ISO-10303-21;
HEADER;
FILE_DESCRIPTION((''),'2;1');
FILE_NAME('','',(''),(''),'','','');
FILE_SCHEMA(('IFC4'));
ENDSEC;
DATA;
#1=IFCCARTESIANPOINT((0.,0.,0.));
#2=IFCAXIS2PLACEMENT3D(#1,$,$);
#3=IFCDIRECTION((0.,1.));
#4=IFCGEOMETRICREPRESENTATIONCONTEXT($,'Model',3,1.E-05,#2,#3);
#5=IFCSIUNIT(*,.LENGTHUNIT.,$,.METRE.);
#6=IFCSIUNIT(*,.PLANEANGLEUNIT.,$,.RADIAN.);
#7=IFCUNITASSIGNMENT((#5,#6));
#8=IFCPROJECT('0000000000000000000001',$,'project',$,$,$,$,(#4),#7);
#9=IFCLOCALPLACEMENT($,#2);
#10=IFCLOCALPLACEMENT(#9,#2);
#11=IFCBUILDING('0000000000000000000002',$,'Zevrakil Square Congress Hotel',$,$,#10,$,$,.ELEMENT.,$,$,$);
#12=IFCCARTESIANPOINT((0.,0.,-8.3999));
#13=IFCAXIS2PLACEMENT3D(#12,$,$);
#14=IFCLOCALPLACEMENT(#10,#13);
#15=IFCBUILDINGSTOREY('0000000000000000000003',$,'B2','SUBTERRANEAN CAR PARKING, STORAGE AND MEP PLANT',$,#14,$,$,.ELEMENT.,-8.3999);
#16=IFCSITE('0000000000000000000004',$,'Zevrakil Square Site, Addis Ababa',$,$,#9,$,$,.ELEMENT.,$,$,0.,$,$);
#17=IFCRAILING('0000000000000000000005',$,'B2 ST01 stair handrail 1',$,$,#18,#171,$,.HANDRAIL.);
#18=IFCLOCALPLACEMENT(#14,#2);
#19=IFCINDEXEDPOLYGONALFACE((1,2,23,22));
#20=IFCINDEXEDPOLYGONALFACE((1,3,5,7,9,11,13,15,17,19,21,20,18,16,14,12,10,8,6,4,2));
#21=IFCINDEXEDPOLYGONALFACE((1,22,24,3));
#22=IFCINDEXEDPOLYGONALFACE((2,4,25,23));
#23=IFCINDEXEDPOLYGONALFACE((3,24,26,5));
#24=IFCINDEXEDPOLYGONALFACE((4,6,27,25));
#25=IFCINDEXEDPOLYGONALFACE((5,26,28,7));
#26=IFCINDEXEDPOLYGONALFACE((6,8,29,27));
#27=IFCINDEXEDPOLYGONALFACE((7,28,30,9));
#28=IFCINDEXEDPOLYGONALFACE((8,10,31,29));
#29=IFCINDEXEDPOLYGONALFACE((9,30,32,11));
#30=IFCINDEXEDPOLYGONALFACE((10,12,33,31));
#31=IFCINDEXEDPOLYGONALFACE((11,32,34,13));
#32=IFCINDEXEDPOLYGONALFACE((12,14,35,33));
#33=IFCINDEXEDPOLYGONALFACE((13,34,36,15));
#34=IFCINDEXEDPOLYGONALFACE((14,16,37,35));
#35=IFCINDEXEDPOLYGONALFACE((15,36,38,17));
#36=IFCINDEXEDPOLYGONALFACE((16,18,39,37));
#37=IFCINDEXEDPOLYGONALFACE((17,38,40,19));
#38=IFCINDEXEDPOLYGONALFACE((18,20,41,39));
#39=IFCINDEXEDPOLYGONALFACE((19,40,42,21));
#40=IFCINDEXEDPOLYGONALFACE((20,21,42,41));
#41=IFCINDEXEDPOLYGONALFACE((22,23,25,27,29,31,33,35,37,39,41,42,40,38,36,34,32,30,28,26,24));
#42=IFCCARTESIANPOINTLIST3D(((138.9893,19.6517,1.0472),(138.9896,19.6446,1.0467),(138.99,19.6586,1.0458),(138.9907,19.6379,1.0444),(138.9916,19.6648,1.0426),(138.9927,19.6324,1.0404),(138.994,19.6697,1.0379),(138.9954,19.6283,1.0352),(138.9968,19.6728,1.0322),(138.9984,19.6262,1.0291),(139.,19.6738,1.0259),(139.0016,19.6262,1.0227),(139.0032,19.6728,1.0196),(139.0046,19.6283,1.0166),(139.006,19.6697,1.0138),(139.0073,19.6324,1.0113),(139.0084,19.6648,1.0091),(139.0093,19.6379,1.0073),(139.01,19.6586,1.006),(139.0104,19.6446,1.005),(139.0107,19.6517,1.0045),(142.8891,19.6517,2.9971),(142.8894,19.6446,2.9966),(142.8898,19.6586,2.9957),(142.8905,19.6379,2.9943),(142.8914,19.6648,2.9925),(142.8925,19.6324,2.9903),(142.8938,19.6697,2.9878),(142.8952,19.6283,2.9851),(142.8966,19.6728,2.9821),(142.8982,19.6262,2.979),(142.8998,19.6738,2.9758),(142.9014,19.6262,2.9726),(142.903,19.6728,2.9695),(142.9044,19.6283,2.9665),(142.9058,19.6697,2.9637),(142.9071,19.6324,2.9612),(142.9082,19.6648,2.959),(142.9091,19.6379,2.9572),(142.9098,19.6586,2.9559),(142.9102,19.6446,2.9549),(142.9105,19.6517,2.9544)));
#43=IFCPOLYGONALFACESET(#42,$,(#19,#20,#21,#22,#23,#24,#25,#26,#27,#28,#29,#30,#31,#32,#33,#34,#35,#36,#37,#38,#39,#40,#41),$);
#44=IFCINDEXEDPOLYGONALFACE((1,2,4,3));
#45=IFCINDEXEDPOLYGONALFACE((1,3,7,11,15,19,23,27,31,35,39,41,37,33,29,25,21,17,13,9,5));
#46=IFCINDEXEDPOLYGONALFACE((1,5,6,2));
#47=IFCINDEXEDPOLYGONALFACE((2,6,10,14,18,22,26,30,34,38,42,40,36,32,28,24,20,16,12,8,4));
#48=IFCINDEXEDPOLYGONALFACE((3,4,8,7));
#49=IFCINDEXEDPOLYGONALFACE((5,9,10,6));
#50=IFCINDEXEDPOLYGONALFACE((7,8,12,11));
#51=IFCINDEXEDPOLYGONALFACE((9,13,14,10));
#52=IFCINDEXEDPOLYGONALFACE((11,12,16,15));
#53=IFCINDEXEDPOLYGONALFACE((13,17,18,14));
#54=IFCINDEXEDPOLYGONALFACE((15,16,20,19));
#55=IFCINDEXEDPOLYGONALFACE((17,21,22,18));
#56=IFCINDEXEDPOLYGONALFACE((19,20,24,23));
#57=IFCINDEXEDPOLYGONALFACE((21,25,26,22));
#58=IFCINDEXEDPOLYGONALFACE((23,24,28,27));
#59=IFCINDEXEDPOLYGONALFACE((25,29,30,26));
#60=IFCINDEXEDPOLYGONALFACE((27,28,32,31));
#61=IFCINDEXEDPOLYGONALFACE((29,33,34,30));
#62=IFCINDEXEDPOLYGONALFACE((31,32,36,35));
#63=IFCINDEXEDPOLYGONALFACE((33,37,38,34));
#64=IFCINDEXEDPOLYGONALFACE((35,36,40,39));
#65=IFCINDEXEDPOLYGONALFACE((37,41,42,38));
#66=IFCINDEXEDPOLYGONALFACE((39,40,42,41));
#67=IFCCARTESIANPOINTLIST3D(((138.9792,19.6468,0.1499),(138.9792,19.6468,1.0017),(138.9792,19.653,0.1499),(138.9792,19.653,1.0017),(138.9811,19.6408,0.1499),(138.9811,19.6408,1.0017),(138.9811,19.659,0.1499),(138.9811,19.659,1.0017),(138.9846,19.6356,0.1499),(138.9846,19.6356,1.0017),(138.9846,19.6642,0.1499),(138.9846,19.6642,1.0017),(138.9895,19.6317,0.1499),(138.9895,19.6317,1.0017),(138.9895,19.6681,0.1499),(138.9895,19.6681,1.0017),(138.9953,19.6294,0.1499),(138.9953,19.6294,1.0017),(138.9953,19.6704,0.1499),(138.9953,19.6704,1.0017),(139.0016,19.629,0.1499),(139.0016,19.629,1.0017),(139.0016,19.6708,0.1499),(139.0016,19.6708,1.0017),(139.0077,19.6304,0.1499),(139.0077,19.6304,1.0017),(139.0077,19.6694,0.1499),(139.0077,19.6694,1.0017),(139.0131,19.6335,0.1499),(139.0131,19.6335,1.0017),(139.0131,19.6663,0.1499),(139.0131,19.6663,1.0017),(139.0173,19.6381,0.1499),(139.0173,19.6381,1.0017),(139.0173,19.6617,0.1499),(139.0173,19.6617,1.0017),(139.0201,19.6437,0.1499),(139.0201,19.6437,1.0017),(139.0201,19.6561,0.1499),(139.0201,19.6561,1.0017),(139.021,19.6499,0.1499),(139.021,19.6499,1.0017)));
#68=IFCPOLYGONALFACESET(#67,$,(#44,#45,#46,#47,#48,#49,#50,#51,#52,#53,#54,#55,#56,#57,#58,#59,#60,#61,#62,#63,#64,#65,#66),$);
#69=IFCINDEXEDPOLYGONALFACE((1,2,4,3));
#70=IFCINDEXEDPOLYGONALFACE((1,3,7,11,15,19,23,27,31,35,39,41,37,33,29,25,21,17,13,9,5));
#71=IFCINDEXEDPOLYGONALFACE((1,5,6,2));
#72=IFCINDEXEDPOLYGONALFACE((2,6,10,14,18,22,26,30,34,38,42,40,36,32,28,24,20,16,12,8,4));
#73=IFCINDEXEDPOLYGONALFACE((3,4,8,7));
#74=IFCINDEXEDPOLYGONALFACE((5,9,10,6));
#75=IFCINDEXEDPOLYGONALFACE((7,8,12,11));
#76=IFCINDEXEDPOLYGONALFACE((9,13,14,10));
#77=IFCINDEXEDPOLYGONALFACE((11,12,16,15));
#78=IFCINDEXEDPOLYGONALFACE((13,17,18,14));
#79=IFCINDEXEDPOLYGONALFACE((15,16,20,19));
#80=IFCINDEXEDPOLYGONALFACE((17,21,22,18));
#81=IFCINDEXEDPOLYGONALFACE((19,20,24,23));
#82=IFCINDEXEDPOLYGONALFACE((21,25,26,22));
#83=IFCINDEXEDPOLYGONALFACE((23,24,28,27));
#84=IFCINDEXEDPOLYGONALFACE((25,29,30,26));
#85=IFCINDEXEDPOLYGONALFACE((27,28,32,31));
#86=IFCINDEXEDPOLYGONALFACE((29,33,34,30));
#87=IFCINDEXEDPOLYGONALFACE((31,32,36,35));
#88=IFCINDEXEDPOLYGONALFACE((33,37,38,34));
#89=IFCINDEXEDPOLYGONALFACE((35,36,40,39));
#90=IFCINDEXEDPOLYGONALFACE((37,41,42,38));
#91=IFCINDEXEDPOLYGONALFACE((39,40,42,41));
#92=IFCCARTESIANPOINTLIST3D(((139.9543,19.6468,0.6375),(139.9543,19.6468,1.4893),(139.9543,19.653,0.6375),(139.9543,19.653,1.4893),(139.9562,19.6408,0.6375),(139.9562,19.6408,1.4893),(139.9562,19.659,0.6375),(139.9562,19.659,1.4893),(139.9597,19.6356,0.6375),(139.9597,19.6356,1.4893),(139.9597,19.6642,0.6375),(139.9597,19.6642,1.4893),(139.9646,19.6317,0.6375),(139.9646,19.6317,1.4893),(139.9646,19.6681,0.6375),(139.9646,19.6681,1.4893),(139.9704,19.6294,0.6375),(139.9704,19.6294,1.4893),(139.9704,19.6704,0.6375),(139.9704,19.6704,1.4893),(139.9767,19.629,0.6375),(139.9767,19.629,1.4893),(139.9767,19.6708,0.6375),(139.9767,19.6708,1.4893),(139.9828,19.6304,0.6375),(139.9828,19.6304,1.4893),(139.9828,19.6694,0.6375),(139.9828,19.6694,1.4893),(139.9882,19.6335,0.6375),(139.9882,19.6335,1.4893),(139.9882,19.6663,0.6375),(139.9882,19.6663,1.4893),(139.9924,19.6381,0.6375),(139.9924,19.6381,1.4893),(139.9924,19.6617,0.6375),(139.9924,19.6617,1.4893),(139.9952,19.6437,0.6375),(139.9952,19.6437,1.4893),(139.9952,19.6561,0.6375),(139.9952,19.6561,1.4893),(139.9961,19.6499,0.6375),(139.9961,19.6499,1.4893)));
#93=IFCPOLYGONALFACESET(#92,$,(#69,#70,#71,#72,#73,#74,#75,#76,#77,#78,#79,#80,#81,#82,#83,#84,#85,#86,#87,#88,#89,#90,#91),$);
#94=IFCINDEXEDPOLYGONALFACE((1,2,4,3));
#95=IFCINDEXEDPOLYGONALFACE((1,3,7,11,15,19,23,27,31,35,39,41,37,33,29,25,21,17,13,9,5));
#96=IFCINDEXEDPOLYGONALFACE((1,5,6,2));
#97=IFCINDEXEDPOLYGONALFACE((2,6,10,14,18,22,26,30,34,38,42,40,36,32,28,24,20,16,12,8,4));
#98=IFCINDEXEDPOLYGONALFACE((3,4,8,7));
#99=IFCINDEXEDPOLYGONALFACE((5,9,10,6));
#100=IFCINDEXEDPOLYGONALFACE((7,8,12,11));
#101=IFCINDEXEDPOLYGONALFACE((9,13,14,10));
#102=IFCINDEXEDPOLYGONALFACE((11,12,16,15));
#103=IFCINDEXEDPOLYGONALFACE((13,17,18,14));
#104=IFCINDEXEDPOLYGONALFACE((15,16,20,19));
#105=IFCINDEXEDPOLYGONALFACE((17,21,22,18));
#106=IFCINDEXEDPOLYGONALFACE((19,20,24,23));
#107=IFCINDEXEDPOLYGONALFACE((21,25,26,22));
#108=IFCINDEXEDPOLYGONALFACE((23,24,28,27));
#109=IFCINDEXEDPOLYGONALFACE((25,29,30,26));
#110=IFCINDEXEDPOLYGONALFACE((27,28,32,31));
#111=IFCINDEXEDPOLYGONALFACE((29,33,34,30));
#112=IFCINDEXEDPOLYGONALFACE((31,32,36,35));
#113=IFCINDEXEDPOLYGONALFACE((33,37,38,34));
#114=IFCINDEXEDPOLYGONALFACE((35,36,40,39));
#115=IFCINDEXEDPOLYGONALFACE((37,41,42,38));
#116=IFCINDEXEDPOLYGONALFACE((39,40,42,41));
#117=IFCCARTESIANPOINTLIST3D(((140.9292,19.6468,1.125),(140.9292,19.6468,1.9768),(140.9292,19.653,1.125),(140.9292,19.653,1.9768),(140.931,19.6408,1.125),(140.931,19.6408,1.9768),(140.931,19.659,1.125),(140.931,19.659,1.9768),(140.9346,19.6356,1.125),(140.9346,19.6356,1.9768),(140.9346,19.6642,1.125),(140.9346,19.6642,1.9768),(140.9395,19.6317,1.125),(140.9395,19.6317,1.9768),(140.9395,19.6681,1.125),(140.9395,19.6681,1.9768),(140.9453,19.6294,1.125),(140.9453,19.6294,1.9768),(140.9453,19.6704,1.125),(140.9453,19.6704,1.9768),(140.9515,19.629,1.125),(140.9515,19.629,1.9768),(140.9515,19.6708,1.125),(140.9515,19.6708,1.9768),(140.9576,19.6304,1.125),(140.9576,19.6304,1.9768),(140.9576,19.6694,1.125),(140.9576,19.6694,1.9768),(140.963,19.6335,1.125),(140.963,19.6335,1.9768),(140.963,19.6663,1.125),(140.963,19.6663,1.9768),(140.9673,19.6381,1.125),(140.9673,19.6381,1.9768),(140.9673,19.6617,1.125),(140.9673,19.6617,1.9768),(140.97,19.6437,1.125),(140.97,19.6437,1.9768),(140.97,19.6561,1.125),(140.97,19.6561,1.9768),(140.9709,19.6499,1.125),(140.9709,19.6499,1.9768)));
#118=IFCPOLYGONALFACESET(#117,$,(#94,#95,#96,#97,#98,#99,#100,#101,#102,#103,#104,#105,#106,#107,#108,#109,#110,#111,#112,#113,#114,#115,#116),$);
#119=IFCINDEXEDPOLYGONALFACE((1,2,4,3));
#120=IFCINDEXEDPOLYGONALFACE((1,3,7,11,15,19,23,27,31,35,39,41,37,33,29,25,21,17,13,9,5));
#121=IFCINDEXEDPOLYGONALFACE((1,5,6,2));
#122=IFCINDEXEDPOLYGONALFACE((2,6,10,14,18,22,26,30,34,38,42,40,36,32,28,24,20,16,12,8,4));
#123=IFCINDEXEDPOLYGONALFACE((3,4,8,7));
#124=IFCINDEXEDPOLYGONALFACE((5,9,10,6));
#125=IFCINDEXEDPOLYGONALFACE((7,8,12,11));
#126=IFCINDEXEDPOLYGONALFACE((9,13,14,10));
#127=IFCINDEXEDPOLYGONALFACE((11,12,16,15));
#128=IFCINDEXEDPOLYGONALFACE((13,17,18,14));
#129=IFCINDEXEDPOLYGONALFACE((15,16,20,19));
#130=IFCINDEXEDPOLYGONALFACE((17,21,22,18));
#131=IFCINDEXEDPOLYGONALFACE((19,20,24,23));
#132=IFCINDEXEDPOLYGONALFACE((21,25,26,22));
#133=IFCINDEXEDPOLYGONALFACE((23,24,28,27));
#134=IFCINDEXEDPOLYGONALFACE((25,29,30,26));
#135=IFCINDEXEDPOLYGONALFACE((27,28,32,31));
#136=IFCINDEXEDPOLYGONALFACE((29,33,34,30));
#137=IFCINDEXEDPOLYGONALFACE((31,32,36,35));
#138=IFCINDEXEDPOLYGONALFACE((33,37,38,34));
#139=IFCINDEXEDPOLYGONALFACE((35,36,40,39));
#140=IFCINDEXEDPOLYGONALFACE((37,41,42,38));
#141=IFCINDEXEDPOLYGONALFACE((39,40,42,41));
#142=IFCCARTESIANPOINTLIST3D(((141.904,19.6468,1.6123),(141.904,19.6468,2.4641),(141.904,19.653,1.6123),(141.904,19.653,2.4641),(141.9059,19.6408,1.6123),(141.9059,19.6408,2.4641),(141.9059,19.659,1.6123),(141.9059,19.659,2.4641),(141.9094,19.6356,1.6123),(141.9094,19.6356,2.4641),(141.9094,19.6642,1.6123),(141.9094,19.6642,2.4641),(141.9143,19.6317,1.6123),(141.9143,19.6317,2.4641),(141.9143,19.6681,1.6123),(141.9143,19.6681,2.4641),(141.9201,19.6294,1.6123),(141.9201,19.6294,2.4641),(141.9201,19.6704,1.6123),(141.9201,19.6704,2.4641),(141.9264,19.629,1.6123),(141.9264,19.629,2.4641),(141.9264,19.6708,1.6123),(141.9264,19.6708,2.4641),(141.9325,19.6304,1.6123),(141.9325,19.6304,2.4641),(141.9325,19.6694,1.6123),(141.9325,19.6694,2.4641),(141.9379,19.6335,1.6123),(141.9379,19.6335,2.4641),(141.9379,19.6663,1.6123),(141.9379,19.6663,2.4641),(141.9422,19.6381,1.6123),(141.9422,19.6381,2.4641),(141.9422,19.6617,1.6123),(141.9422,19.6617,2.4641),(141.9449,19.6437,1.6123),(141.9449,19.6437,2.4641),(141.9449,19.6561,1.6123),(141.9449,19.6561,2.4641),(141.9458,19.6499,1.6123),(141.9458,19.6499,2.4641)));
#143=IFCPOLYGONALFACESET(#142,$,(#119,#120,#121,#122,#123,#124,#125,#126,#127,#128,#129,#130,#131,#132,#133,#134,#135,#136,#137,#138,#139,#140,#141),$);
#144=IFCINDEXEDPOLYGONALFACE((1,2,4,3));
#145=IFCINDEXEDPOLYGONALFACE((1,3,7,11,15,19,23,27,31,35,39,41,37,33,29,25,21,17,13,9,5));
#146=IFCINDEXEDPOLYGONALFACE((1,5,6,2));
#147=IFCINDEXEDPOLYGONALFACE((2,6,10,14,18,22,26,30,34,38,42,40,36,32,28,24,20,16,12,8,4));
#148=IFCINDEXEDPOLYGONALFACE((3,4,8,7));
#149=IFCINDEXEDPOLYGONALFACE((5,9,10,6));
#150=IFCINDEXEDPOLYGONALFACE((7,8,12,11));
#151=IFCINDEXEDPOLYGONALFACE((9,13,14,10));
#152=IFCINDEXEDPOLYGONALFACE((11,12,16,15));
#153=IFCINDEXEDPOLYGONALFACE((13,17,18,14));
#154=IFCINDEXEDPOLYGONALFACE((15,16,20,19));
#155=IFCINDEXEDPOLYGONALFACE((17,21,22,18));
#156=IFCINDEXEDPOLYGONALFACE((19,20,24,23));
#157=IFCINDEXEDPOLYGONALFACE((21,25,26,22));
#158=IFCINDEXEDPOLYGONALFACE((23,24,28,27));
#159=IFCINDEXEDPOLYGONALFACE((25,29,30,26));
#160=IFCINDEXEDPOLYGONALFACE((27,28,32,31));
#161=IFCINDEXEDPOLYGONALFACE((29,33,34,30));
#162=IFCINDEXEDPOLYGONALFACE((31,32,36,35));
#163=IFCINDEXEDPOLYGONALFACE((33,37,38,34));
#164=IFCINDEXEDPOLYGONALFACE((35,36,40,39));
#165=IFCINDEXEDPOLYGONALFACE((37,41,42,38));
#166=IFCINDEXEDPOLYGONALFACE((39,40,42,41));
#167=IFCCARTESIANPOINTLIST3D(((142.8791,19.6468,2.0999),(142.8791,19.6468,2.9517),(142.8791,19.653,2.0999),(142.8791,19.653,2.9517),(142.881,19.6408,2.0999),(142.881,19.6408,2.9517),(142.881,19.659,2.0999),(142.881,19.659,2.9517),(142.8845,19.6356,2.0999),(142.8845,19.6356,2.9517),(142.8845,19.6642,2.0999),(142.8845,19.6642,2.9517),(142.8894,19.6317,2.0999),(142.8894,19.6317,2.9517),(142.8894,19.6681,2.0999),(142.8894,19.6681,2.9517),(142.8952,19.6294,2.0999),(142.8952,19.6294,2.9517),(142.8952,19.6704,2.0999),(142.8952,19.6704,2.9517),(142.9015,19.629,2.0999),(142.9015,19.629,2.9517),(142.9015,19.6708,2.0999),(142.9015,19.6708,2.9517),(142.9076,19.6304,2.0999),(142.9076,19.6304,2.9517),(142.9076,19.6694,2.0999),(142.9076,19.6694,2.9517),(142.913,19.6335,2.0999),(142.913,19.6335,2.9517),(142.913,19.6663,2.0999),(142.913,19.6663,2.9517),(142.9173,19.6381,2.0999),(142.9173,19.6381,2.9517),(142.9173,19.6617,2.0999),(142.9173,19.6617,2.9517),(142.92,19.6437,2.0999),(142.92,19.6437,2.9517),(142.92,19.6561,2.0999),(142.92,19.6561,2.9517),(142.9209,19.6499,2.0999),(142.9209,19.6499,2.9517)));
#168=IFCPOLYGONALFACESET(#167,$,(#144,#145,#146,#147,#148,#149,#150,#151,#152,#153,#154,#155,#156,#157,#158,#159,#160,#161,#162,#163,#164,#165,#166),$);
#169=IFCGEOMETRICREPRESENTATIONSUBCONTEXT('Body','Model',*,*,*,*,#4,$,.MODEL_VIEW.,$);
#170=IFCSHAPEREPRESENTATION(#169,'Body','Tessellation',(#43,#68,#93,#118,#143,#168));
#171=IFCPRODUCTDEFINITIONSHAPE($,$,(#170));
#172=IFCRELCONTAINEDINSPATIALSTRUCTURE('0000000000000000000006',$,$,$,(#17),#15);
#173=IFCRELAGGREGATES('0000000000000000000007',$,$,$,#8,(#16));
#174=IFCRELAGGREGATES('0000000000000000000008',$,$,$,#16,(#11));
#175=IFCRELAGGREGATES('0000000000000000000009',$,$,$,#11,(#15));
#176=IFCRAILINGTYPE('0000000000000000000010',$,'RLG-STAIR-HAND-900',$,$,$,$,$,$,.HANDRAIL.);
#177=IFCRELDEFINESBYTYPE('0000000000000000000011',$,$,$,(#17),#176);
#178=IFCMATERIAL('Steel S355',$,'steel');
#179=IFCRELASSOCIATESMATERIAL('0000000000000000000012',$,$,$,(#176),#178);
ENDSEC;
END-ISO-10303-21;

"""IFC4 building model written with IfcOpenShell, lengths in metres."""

from ifc_helpers import new_model, si_unit, direction, frame, origin, origin_2d, place, context, subcontext, project, spatial, circle, extrude, material, type_object, element, save


model = new_model("IFC4")

# Units and contexts
model_context = context("Model", 3, precision=1e-05, world=origin(), true_north=direction((0.0, 1.0)))
body_context = subcontext(model_context, "Body", "Model", "MODEL_VIEW")
ifc_project = project(units=[si_unit("LENGTHUNIT", "METRE"), si_unit("PLANEANGLEUNIT", "RADIAN")], contexts=[model_context])

# Site, building, storey
site_placement = place(None, origin())
site = spatial("IfcSite", under=ifc_project, at=site_placement, Name="Zevrakil Square Site, Addis Ababa", CompositionType="ELEMENT", RefElevation=0.0)
building_placement = place(site_placement, origin())
building = spatial("IfcBuilding", under=site, at=building_placement, Name="Zevrakil Square Congress Hotel", CompositionType="ELEMENT")
storey_placement = place(building_placement, frame((0.0, 0.0, -8.3999)))
storey = spatial("IfcBuildingStorey", under=building, at=storey_placement, Name="B2", Description="SUBTERRANEAN CAR PARKING, STORAGE AND MEP PLANT", CompositionType="ELEMENT", Elevation=-8.3999)

# Railing
ifc_material_1 = material(Name="Steel S355", Category="steel")
railing_type_1 = type_object("IfcRailingType", Name="RLG-STAIR-HAND-900", PredefinedType="HANDRAIL", material=ifc_material_1)
railing_1_placement = place(storey_placement, frame((139.0, 19.6499, 0.1499)))
element("IfcRailing", 1, at=railing_1_placement, inside=storey, type_object=railing_type_1, Name="B2 ST01 stair handrail 1", PredefinedType="HANDRAIL", context=body_context, shape_type="SweptSolid", body=[
    extrude(circle(Radius=0.0239, at=origin_2d()), frame((0.0, 0.0, 0.876), z_axis=(0.894427, 0.0, 0.447214), x_axis=(0.0, 1.0, 0.0)), (0.0, 0.0, 1.0), 4.3601),
    extrude(circle(Radius=0.021, at=origin_2d()), origin(), (0.0, 0.0, 1.0), 0.8518),
    extrude(circle(Radius=0.021, at=origin_2d()), frame((0.9751, 0.0, 0.4875)), (0.0, 0.0, 1.0), 0.8518),
    extrude(circle(Radius=0.021, at=origin_2d()), frame((1.95, 0.0, 0.9751)), (0.0, 0.0, 1.0), 0.8518),
    extrude(circle(Radius=0.021, at=origin_2d()), frame((2.9248, 0.0, 1.4624)), (0.0, 0.0, 1.0), 0.8518),
    extrude(circle(Radius=0.021, at=origin_2d()), frame((3.8999, 0.0, 1.95)), (0.0, 0.0, 1.0), 0.8518),
])

save(model, "model.ifc")
